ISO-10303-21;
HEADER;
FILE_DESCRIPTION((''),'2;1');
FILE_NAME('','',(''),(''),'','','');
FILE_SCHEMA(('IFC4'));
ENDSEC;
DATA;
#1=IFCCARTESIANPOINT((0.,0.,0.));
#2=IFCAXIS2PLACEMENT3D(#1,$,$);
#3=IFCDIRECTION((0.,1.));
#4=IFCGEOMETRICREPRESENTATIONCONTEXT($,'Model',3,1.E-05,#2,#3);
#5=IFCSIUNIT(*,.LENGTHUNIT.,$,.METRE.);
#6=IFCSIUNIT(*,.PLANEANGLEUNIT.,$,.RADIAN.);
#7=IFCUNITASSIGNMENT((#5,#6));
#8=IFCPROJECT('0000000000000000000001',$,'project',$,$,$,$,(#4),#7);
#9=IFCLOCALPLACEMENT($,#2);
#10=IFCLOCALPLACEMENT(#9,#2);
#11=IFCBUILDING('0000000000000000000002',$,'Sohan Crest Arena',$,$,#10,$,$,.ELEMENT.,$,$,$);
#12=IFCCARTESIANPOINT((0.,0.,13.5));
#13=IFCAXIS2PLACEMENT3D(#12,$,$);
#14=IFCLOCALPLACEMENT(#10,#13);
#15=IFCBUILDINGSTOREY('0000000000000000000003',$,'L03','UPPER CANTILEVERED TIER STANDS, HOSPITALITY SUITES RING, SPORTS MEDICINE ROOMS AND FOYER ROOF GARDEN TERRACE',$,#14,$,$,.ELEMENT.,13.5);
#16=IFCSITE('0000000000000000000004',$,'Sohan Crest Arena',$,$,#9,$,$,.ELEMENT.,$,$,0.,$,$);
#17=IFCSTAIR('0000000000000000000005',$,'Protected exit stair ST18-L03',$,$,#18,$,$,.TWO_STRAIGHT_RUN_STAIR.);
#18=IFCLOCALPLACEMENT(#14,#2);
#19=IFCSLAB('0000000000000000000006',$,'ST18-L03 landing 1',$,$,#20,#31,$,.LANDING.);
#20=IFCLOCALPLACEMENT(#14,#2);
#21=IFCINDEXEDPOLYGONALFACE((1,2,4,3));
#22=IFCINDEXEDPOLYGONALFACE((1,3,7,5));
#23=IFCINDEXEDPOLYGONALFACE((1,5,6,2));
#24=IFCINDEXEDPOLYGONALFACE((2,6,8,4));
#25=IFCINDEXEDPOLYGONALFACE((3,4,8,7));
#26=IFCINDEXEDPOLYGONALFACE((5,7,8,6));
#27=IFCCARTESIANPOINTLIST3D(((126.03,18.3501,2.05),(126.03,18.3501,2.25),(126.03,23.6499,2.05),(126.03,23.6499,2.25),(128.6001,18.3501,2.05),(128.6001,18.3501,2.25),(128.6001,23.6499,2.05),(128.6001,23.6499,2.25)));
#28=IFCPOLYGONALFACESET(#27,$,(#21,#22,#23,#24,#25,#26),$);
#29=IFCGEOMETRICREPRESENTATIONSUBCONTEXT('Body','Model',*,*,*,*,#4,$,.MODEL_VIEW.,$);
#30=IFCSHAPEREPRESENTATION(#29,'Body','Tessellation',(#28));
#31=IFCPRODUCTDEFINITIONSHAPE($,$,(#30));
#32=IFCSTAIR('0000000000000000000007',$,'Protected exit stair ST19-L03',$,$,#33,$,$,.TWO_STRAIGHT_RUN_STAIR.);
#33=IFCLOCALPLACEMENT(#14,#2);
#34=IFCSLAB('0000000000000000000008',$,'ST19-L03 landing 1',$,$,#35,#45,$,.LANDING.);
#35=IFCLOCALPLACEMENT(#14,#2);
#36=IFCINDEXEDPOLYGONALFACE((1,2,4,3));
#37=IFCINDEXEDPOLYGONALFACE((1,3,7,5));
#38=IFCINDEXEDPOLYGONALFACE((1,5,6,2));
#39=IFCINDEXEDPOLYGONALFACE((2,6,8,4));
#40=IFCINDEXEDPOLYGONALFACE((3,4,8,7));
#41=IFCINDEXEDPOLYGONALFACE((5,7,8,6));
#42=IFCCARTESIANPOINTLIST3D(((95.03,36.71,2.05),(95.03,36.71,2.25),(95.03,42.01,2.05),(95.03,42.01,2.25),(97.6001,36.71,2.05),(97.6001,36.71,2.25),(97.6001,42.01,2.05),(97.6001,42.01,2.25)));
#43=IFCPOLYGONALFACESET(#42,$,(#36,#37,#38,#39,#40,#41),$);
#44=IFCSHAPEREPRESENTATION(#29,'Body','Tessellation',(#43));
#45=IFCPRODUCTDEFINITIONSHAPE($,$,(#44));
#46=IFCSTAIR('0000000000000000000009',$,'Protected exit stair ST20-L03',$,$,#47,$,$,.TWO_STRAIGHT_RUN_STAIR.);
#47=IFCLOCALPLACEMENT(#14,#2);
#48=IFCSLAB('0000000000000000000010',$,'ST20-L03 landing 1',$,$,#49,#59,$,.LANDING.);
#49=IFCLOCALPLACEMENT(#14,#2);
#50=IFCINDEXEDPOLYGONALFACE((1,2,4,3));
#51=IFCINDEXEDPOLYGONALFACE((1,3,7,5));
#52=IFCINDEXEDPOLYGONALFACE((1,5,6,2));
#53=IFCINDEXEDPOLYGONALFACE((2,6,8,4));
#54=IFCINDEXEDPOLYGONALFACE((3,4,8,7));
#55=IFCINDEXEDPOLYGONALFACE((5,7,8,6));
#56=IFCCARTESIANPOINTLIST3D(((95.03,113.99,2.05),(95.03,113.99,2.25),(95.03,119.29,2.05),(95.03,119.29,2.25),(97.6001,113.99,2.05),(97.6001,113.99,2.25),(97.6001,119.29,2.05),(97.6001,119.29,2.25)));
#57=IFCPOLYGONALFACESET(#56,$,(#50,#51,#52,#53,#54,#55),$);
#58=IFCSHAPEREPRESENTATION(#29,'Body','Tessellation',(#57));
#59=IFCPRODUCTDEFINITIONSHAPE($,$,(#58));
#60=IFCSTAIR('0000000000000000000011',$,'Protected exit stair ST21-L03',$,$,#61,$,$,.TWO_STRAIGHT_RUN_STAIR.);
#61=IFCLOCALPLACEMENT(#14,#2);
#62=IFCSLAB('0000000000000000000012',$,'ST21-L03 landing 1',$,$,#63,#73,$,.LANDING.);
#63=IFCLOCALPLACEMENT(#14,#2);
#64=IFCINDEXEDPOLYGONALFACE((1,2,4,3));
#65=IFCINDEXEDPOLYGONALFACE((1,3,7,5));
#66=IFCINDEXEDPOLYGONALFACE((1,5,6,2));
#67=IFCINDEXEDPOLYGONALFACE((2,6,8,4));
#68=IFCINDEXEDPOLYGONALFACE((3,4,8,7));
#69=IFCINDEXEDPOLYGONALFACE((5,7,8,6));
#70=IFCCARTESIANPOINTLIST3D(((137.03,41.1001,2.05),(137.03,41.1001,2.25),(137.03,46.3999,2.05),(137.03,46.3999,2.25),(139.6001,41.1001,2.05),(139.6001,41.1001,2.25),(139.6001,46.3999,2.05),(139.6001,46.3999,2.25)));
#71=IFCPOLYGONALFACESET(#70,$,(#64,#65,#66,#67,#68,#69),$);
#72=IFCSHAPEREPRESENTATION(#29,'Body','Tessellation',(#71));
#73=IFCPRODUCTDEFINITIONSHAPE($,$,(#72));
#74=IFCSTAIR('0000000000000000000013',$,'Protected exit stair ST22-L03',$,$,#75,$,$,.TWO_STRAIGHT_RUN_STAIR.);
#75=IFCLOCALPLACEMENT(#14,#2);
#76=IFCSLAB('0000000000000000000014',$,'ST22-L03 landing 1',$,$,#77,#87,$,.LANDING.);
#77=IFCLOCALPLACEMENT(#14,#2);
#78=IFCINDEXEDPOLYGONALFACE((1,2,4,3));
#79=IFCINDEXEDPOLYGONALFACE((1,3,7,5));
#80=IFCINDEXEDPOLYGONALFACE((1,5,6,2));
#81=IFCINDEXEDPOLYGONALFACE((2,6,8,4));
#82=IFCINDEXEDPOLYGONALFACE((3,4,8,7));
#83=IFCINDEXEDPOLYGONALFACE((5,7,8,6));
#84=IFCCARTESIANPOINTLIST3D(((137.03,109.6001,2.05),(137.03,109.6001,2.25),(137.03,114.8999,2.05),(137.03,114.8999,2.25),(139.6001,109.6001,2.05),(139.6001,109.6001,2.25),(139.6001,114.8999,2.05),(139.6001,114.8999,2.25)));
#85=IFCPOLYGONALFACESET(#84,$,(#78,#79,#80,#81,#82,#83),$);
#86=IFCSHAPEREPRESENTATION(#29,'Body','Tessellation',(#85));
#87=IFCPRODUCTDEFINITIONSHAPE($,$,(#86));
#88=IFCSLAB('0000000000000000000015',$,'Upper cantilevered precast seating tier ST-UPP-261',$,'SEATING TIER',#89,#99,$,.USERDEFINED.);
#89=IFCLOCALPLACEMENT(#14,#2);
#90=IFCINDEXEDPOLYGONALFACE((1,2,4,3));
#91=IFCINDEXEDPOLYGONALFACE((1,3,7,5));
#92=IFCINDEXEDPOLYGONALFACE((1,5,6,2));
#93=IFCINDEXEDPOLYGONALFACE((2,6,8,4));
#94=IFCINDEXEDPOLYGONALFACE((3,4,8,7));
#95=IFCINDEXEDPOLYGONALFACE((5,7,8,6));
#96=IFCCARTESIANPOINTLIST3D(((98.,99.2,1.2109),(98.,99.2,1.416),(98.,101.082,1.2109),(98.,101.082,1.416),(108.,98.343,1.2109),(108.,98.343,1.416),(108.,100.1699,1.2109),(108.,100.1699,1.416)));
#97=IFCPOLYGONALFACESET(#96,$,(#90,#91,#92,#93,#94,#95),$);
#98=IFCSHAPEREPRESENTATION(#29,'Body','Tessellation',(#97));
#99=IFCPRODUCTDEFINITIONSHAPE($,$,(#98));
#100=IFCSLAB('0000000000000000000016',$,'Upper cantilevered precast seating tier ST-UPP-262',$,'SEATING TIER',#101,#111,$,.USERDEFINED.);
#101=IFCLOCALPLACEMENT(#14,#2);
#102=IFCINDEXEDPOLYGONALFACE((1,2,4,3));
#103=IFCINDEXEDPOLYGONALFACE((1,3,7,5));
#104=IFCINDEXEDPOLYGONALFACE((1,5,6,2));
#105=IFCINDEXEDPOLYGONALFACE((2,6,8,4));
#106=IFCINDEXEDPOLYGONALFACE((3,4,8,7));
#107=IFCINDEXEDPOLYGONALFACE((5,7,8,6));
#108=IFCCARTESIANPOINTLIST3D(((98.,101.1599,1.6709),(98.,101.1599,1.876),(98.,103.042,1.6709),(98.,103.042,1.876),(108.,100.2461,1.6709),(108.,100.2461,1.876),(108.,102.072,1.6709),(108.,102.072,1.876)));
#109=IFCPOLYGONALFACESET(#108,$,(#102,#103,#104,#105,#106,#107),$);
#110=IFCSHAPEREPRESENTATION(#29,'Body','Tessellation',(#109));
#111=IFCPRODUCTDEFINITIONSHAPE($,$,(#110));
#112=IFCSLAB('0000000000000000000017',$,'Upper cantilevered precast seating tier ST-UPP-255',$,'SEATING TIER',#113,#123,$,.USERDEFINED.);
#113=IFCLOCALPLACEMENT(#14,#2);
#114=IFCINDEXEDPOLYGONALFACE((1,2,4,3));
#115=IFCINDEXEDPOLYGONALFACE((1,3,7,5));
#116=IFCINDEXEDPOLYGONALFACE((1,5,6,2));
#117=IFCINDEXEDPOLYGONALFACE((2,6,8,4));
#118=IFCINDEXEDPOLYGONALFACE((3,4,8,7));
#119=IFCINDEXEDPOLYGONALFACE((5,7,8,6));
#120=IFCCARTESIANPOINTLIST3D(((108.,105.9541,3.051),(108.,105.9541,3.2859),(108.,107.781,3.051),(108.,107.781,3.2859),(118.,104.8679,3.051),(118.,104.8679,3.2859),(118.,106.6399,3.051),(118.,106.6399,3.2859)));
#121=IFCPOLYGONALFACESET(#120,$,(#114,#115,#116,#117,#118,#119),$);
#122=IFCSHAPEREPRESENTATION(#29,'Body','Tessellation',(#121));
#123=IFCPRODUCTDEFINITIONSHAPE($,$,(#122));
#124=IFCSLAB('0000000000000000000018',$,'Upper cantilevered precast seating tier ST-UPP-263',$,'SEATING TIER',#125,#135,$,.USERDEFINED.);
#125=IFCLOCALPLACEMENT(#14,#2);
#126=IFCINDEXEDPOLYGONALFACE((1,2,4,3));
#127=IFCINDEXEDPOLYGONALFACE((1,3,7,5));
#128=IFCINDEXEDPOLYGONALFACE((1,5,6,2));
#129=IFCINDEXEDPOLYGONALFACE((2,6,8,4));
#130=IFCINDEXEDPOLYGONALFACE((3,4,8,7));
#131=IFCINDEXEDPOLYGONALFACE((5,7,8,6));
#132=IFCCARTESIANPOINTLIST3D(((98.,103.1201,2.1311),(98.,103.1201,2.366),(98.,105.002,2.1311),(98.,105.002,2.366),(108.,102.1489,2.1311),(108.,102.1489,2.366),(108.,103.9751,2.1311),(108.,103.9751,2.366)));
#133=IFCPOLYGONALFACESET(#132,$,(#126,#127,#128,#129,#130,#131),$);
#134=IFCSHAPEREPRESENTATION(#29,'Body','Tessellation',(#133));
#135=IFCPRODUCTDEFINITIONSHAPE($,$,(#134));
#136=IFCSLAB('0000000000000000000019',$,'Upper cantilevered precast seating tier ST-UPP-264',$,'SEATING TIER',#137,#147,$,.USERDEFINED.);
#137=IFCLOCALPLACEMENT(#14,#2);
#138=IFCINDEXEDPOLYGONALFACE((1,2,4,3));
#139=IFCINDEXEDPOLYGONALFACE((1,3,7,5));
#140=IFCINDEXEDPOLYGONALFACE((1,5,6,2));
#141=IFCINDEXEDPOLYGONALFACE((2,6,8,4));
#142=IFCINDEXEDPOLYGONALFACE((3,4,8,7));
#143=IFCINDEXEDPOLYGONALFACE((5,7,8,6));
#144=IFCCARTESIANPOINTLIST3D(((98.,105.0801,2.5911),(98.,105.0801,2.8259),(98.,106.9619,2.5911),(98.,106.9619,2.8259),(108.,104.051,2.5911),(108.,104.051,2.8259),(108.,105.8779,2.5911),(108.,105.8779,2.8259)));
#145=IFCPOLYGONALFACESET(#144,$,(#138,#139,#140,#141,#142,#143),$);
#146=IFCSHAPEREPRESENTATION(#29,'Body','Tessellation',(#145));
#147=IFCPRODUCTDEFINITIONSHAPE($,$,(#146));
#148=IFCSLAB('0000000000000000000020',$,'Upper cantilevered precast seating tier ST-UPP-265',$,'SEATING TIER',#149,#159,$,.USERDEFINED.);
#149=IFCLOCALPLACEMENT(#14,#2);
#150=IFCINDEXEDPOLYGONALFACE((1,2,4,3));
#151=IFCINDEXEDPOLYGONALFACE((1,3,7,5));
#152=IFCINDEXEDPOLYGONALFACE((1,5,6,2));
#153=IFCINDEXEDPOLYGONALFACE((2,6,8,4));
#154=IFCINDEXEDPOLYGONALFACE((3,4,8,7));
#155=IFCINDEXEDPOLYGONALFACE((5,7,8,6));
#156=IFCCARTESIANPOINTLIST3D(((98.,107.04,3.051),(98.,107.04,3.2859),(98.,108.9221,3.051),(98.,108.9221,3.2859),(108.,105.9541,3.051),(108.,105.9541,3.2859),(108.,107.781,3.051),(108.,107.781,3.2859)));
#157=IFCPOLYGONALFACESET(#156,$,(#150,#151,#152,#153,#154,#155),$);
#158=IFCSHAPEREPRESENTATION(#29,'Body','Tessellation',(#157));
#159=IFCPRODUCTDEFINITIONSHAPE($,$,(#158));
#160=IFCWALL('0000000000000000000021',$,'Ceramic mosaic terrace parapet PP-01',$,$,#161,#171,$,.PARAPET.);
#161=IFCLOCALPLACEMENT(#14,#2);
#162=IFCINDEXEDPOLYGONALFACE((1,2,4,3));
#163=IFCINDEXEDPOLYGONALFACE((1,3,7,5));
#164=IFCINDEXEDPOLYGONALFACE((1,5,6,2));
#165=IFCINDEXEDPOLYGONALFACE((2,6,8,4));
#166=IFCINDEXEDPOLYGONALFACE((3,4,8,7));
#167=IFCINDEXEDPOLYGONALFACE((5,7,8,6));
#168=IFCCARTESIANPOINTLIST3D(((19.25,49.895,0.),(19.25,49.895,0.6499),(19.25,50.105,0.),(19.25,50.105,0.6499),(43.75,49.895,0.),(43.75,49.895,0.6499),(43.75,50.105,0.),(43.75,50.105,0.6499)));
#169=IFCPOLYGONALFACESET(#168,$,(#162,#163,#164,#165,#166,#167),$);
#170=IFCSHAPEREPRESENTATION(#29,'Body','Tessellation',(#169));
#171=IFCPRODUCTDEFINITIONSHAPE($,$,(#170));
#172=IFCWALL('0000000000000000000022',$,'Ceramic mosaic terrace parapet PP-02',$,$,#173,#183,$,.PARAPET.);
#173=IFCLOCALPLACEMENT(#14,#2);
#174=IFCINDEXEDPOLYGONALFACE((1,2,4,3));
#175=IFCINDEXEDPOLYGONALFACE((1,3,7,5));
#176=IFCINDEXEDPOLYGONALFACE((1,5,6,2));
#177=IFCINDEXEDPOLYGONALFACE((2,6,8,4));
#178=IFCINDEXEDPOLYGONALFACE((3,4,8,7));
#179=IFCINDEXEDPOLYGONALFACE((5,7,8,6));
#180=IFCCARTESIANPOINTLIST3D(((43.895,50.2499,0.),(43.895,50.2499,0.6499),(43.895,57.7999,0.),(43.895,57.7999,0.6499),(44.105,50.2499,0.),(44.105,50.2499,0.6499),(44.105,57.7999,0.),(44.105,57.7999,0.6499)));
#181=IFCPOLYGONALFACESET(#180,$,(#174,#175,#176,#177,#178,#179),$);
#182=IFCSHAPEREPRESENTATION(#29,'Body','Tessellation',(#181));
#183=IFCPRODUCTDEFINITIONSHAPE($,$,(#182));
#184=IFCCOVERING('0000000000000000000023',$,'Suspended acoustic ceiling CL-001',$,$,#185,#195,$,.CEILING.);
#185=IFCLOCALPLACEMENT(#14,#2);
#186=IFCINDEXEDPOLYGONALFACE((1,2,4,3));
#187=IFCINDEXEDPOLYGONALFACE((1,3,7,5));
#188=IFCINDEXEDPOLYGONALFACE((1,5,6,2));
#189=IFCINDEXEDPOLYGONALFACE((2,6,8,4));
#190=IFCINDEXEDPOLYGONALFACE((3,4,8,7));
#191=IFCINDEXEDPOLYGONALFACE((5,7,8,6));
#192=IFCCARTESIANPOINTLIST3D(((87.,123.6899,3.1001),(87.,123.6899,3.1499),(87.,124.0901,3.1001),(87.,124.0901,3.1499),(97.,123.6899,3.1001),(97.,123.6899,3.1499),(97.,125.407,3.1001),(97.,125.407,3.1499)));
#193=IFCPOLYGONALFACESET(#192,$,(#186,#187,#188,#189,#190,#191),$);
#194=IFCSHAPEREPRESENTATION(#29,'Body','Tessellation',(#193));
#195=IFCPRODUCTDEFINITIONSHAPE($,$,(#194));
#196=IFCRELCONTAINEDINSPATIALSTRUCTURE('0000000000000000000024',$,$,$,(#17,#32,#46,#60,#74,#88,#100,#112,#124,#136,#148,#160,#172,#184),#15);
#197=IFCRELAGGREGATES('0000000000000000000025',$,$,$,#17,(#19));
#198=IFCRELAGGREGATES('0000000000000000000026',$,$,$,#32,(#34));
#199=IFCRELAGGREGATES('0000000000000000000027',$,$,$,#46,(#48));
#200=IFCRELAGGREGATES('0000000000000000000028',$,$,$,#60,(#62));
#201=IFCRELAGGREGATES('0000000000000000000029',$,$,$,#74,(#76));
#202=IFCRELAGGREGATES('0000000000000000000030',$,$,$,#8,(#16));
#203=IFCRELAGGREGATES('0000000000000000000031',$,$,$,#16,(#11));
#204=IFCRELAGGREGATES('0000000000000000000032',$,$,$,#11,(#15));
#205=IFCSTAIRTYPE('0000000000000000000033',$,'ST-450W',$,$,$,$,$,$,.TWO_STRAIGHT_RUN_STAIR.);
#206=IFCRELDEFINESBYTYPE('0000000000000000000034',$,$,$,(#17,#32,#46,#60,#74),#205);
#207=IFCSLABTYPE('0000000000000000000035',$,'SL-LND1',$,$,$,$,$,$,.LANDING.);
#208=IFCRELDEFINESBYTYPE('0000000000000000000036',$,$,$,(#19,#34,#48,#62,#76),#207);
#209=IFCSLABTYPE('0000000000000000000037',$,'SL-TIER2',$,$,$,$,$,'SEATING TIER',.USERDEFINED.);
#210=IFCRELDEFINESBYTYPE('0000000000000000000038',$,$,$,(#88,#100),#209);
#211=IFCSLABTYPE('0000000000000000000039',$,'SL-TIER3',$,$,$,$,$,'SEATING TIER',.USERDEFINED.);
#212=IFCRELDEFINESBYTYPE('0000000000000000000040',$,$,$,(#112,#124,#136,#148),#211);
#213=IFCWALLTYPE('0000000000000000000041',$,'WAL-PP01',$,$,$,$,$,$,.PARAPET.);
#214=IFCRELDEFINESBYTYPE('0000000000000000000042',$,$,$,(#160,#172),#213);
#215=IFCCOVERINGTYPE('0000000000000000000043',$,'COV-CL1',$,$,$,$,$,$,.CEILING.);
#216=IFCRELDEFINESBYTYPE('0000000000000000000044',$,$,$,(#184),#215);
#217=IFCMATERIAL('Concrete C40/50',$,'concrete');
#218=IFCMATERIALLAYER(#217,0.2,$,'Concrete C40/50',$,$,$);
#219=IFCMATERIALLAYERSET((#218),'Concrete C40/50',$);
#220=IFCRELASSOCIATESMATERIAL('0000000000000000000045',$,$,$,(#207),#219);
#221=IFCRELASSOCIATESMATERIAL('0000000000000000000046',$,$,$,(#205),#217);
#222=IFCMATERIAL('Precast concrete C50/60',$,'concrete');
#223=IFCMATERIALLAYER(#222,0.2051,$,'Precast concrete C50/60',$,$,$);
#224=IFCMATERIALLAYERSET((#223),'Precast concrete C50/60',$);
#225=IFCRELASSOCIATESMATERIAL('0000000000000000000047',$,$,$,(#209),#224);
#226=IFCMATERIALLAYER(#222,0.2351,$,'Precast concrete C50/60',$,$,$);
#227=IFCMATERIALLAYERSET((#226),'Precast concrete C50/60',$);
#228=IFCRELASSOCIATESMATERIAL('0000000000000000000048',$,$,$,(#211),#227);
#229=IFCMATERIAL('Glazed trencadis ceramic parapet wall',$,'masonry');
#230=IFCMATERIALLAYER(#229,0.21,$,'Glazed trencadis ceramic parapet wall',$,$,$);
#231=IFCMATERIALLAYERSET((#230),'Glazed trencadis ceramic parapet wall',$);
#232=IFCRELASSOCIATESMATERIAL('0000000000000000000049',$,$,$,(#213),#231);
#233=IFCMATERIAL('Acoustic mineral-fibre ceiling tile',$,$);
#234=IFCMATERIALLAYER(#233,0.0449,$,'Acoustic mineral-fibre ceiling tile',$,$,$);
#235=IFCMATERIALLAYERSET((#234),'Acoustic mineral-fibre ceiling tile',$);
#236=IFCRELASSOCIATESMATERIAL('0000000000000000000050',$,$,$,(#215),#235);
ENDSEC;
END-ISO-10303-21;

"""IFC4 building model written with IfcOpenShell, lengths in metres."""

from ifc_helpers import new_model, si_unit, direction, frame, frame_2d, origin, place, context, subcontext, project, spatial, polyline, rectangle, outline, extrude, material, layer, layer_set, type_object, element, aggregate, save


model = new_model("IFC4")

# Units and contexts
model_context = context("Model", 3, precision=1e-05, world=origin(), true_north=direction((0.0, 1.0)))
body_context = subcontext(model_context, "Body", "Model", "MODEL_VIEW")
ifc_project = project(units=[si_unit("LENGTHUNIT", "METRE"), si_unit("PLANEANGLEUNIT", "RADIAN")], contexts=[model_context])

# Site, building, storey
site_placement = place(None, origin())
site = spatial("IfcSite", under=ifc_project, at=site_placement, Name="Sohan Crest Arena", CompositionType="ELEMENT", RefElevation=0.0)
building_placement = place(site_placement, origin())
building = spatial("IfcBuilding", under=site, at=building_placement, Name="Sohan Crest Arena", CompositionType="ELEMENT")
storey_placement = place(building_placement, frame((0.0, 0.0, 13.5)))
storey = spatial("IfcBuildingStorey", under=building, at=storey_placement, Name="L03", Description="UPPER CANTILEVERED TIER STANDS, HOSPITALITY SUITES RING, SPORTS MEDICINE ROOMS AND FOYER ROOF GARDEN TERRACE", CompositionType="ELEMENT", Elevation=13.5)

# Stairs, slabs
ifc_material_1 = material(Name="Concrete C40/50", Category="concrete")
ifc_layer_1 = layer(ifc_material_1, 0.2, Name="Concrete C40/50")
ifc_layer_set_1 = layer_set([ifc_layer_1], Name="Concrete C40/50")
slab_type_1 = type_object("IfcSlabType", Name="SL-LND1", PredefinedType="LANDING", material=ifc_layer_set_1)
stair_type_1 = type_object("IfcStairType", Name="ST-450W", PredefinedType="TWO_STRAIGHT_RUN_STAIR", material=ifc_material_1)
stair_1_placement = place(storey_placement, origin())
stair_1 = element("IfcStair", 1, at=stair_1_placement, inside=storey, type_object=stair_type_1, Name="Protected exit stair ST18-L03", PredefinedType="TWO_STRAIGHT_RUN_STAIR")
slab_1_placement = place(storey_placement, frame((0.0, 0.0, 2.05)))
slab_1 = element("IfcSlab", 2, at=slab_1_placement, type_object=slab_type_1, Name="ST18-L03 landing 1", PredefinedType="LANDING", context=body_context, shape_type="SweptSolid", body=[
    extrude(outline(polyline([(126.03, 18.3501), (128.6001, 18.3501), (128.6001, 23.6499), (126.03, 23.6499), (126.03, 18.3501)])), origin(), (0.0, 0.0, 1.0), 0.2),
])
aggregate(stair_1, [slab_1])
stair_2_placement = place(storey_placement, origin())
stair_2 = element("IfcStair", 3, at=stair_2_placement, inside=storey, type_object=stair_type_1, Name="Protected exit stair ST19-L03", PredefinedType="TWO_STRAIGHT_RUN_STAIR")
slab_2_placement = place(storey_placement, frame((0.0, 0.0, 2.05)))
slab_2 = element("IfcSlab", 4, at=slab_2_placement, type_object=slab_type_1, Name="ST19-L03 landing 1", PredefinedType="LANDING", context=body_context, shape_type="SweptSolid", body=[
    extrude(outline(polyline([(95.03, 36.71), (97.6001, 36.71), (97.6001, 42.01), (95.03, 42.01), (95.03, 36.71)])), origin(), (0.0, 0.0, 1.0), 0.2),
])
aggregate(stair_2, [slab_2])
stair_3_placement = place(storey_placement, origin())
stair_3 = element("IfcStair", 5, at=stair_3_placement, inside=storey, type_object=stair_type_1, Name="Protected exit stair ST20-L03", PredefinedType="TWO_STRAIGHT_RUN_STAIR")
slab_3_placement = place(storey_placement, frame((0.0, 0.0, 2.05)))
slab_3 = element("IfcSlab", 6, at=slab_3_placement, type_object=slab_type_1, Name="ST20-L03 landing 1", PredefinedType="LANDING", context=body_context, shape_type="SweptSolid", body=[
    extrude(outline(polyline([(95.03, 113.99), (97.6001, 113.99), (97.6001, 119.29), (95.03, 119.29), (95.03, 113.99)])), origin(), (0.0, 0.0, 1.0), 0.2),
])
aggregate(stair_3, [slab_3])
stair_4_placement = place(storey_placement, origin())
stair_4 = element("IfcStair", 7, at=stair_4_placement, inside=storey, type_object=stair_type_1, Name="Protected exit stair ST21-L03", PredefinedType="TWO_STRAIGHT_RUN_STAIR")
slab_4_placement = place(storey_placement, frame((0.0, 0.0, 2.05)))
slab_4 = element("IfcSlab", 8, at=slab_4_placement, type_object=slab_type_1, Name="ST21-L03 landing 1", PredefinedType="LANDING", context=body_context, shape_type="SweptSolid", body=[
    extrude(outline(polyline([(137.03, 41.1001), (139.6001, 41.1001), (139.6001, 46.3999), (137.03, 46.3999), (137.03, 41.1001)])), origin(), (0.0, 0.0, 1.0), 0.2),
])
aggregate(stair_4, [slab_4])
stair_5_placement = place(storey_placement, origin())
stair_5 = element("IfcStair", 9, at=stair_5_placement, inside=storey, type_object=stair_type_1, Name="Protected exit stair ST22-L03", PredefinedType="TWO_STRAIGHT_RUN_STAIR")
slab_5_placement = place(storey_placement, frame((0.0, 0.0, 2.05)))
slab_5 = element("IfcSlab", 10, at=slab_5_placement, type_object=slab_type_1, Name="ST22-L03 landing 1", PredefinedType="LANDING", context=body_context, shape_type="SweptSolid", body=[
    extrude(outline(polyline([(137.03, 109.6001), (139.6001, 109.6001), (139.6001, 114.8999), (137.03, 114.8999), (137.03, 109.6001)])), origin(), (0.0, 0.0, 1.0), 0.2),
])
aggregate(stair_5, [slab_5])

# Slabs
ifc_material_2 = material(Name="Precast concrete C50/60", Category="concrete")
ifc_layer_2 = layer(ifc_material_2, 0.2051, Name="Precast concrete C50/60")
ifc_layer_set_2 = layer_set([ifc_layer_2], Name="Precast concrete C50/60")
slab_type_2 = type_object("IfcSlabType", Name="SL-TIER2", ElementType="SEATING TIER", PredefinedType="USERDEFINED", material=ifc_layer_set_2)
slab_6_placement = place(storey_placement, frame((0.0, 0.0, 1.2109)))
element("IfcSlab", 11, at=slab_6_placement, inside=storey, type_object=slab_type_2, Name="Upper cantilevered precast seating tier ST-UPP-261", ObjectType="SEATING TIER", PredefinedType="USERDEFINED", context=body_context, shape_type="SweptSolid", body=[
    extrude(outline(polyline([(108.0, 98.343), (98.0, 99.2), (98.0, 101.082), (108.0, 100.1699), (108.0, 98.343)])), origin(), (0.0, 0.0, 1.0), 0.2051),
])
slab_7_placement = place(storey_placement, frame((0.0, 0.0, 1.6709)))
element("IfcSlab", 12, at=slab_7_placement, inside=storey, type_object=slab_type_2, Name="Upper cantilevered precast seating tier ST-UPP-262", ObjectType="SEATING TIER", PredefinedType="USERDEFINED", context=body_context, shape_type="SweptSolid", body=[
    extrude(outline(polyline([(108.0, 100.2461), (98.0, 101.1599), (98.0, 103.042), (108.0, 102.072), (108.0, 100.2461)])), origin(), (0.0, 0.0, 1.0), 0.2051),
])
ifc_layer_3 = layer(ifc_material_2, 0.2351, Name="Precast concrete C50/60")
ifc_layer_set_3 = layer_set([ifc_layer_3], Name="Precast concrete C50/60")
slab_type_3 = type_object("IfcSlabType", Name="SL-TIER3", ElementType="SEATING TIER", PredefinedType="USERDEFINED", material=ifc_layer_set_3)
slab_8_placement = place(storey_placement, frame((0.0, 0.0, 3.051)))
element("IfcSlab", 13, at=slab_8_placement, inside=storey, type_object=slab_type_3, Name="Upper cantilevered precast seating tier ST-UPP-255", ObjectType="SEATING TIER", PredefinedType="USERDEFINED", context=body_context, shape_type="SweptSolid", body=[
    extrude(outline(polyline([(118.0, 104.8679), (108.0, 105.9541), (108.0, 107.781), (118.0, 106.6399), (118.0, 104.8679)])), origin(), (0.0, 0.0, 1.0), 0.2349),
])
slab_9_placement = place(storey_placement, frame((0.0, 0.0, 2.1311)))
element("IfcSlab", 14, at=slab_9_placement, inside=storey, type_object=slab_type_3, Name="Upper cantilevered precast seating tier ST-UPP-263", ObjectType="SEATING TIER", PredefinedType="USERDEFINED", context=body_context, shape_type="SweptSolid", body=[
    extrude(outline(polyline([(108.0, 102.1489), (98.0, 103.1201), (98.0, 105.002), (108.0, 103.9751), (108.0, 102.1489)])), origin(), (0.0, 0.0, 1.0), 0.2349),
])
slab_10_placement = place(storey_placement, frame((0.0, 0.0, 2.5911)))
element("IfcSlab", 15, at=slab_10_placement, inside=storey, type_object=slab_type_3, Name="Upper cantilevered precast seating tier ST-UPP-264", ObjectType="SEATING TIER", PredefinedType="USERDEFINED", context=body_context, shape_type="SweptSolid", body=[
    extrude(outline(polyline([(108.0, 104.051), (98.0, 105.0801), (98.0, 106.9619), (108.0, 105.8779), (108.0, 104.051)])), origin(), (0.0, 0.0, 1.0), 0.2349),
])
slab_11_placement = place(storey_placement, frame((0.0, 0.0, 3.051)))
element("IfcSlab", 16, at=slab_11_placement, inside=storey, type_object=slab_type_3, Name="Upper cantilevered precast seating tier ST-UPP-265", ObjectType="SEATING TIER", PredefinedType="USERDEFINED", context=body_context, shape_type="SweptSolid", body=[
    extrude(outline(polyline([(108.0, 105.9541), (98.0, 107.04), (98.0, 108.9221), (108.0, 107.781), (108.0, 105.9541)])), origin(), (0.0, 0.0, 1.0), 0.2349),
])

# Walls
ifc_material_3 = material(Name="Glazed trencadis ceramic parapet wall", Category="masonry")
ifc_layer_4 = layer(ifc_material_3, 0.21, Name="Glazed trencadis ceramic parapet wall")
ifc_layer_set_4 = layer_set([ifc_layer_4], Name="Glazed trencadis ceramic parapet wall")
wall_type = type_object("IfcWallType", Name="WAL-PP01", PredefinedType="PARAPET", material=ifc_layer_set_4)
wall_1_placement = place(storey_placement, frame((19.25, 50.0, 0.0), z_axis=(0.0, 0.0, 1.0), x_axis=(1.0, 0.0, 0.0)))
element("IfcWall", 17, at=wall_1_placement, inside=storey, type_object=wall_type, Name="Ceramic mosaic terrace parapet PP-01", PredefinedType="PARAPET", context=body_context, shape_type="SweptSolid", body=[
    extrude(rectangle(XDim=24.5, YDim=0.21, at=frame_2d((12.25, 0.0))), origin(), (0.0, 0.0, 1.0), 0.6499),
])
wall_2_placement = place(storey_placement, frame((44.0, 50.25, 0.0), z_axis=(0.0, 0.0, 1.0), x_axis=(0.0, 1.0, 0.0)))
element("IfcWall", 18, at=wall_2_placement, inside=storey, type_object=wall_type, Name="Ceramic mosaic terrace parapet PP-02", PredefinedType="PARAPET", context=body_context, shape_type="SweptSolid", body=[
    extrude(rectangle(XDim=7.55, YDim=0.21, at=frame_2d((3.7749, 0.0))), origin(), (0.0, 0.0, 1.0), 0.6499),
])

# Covering
ifc_material_4 = material(Name="Acoustic mineral-fibre ceiling tile")
ifc_layer_5 = layer(ifc_material_4, 0.0449, Name="Acoustic mineral-fibre ceiling tile")
ifc_layer_set_5 = layer_set([ifc_layer_5], Name="Acoustic mineral-fibre ceiling tile")
covering_type = type_object("IfcCoveringType", Name="COV-CL1", PredefinedType="CEILING", material=ifc_layer_set_5)
covering_1_placement = place(storey_placement, frame((0.0, 0.0, 3.1001)))
element("IfcCovering", 19, at=covering_1_placement, inside=storey, type_object=covering_type, Name="Suspended acoustic ceiling CL-001", PredefinedType="CEILING", context=body_context, shape_type="SweptSolid", body=[
    extrude(outline(polyline([(87.0, 123.6899), (87.0, 124.0901), (97.0, 125.407), (97.0, 123.6899), (87.0, 123.6899)])), origin(), (0.0, 0.0, 1.0), 0.0498),
])

save(model, "model.ifc")
